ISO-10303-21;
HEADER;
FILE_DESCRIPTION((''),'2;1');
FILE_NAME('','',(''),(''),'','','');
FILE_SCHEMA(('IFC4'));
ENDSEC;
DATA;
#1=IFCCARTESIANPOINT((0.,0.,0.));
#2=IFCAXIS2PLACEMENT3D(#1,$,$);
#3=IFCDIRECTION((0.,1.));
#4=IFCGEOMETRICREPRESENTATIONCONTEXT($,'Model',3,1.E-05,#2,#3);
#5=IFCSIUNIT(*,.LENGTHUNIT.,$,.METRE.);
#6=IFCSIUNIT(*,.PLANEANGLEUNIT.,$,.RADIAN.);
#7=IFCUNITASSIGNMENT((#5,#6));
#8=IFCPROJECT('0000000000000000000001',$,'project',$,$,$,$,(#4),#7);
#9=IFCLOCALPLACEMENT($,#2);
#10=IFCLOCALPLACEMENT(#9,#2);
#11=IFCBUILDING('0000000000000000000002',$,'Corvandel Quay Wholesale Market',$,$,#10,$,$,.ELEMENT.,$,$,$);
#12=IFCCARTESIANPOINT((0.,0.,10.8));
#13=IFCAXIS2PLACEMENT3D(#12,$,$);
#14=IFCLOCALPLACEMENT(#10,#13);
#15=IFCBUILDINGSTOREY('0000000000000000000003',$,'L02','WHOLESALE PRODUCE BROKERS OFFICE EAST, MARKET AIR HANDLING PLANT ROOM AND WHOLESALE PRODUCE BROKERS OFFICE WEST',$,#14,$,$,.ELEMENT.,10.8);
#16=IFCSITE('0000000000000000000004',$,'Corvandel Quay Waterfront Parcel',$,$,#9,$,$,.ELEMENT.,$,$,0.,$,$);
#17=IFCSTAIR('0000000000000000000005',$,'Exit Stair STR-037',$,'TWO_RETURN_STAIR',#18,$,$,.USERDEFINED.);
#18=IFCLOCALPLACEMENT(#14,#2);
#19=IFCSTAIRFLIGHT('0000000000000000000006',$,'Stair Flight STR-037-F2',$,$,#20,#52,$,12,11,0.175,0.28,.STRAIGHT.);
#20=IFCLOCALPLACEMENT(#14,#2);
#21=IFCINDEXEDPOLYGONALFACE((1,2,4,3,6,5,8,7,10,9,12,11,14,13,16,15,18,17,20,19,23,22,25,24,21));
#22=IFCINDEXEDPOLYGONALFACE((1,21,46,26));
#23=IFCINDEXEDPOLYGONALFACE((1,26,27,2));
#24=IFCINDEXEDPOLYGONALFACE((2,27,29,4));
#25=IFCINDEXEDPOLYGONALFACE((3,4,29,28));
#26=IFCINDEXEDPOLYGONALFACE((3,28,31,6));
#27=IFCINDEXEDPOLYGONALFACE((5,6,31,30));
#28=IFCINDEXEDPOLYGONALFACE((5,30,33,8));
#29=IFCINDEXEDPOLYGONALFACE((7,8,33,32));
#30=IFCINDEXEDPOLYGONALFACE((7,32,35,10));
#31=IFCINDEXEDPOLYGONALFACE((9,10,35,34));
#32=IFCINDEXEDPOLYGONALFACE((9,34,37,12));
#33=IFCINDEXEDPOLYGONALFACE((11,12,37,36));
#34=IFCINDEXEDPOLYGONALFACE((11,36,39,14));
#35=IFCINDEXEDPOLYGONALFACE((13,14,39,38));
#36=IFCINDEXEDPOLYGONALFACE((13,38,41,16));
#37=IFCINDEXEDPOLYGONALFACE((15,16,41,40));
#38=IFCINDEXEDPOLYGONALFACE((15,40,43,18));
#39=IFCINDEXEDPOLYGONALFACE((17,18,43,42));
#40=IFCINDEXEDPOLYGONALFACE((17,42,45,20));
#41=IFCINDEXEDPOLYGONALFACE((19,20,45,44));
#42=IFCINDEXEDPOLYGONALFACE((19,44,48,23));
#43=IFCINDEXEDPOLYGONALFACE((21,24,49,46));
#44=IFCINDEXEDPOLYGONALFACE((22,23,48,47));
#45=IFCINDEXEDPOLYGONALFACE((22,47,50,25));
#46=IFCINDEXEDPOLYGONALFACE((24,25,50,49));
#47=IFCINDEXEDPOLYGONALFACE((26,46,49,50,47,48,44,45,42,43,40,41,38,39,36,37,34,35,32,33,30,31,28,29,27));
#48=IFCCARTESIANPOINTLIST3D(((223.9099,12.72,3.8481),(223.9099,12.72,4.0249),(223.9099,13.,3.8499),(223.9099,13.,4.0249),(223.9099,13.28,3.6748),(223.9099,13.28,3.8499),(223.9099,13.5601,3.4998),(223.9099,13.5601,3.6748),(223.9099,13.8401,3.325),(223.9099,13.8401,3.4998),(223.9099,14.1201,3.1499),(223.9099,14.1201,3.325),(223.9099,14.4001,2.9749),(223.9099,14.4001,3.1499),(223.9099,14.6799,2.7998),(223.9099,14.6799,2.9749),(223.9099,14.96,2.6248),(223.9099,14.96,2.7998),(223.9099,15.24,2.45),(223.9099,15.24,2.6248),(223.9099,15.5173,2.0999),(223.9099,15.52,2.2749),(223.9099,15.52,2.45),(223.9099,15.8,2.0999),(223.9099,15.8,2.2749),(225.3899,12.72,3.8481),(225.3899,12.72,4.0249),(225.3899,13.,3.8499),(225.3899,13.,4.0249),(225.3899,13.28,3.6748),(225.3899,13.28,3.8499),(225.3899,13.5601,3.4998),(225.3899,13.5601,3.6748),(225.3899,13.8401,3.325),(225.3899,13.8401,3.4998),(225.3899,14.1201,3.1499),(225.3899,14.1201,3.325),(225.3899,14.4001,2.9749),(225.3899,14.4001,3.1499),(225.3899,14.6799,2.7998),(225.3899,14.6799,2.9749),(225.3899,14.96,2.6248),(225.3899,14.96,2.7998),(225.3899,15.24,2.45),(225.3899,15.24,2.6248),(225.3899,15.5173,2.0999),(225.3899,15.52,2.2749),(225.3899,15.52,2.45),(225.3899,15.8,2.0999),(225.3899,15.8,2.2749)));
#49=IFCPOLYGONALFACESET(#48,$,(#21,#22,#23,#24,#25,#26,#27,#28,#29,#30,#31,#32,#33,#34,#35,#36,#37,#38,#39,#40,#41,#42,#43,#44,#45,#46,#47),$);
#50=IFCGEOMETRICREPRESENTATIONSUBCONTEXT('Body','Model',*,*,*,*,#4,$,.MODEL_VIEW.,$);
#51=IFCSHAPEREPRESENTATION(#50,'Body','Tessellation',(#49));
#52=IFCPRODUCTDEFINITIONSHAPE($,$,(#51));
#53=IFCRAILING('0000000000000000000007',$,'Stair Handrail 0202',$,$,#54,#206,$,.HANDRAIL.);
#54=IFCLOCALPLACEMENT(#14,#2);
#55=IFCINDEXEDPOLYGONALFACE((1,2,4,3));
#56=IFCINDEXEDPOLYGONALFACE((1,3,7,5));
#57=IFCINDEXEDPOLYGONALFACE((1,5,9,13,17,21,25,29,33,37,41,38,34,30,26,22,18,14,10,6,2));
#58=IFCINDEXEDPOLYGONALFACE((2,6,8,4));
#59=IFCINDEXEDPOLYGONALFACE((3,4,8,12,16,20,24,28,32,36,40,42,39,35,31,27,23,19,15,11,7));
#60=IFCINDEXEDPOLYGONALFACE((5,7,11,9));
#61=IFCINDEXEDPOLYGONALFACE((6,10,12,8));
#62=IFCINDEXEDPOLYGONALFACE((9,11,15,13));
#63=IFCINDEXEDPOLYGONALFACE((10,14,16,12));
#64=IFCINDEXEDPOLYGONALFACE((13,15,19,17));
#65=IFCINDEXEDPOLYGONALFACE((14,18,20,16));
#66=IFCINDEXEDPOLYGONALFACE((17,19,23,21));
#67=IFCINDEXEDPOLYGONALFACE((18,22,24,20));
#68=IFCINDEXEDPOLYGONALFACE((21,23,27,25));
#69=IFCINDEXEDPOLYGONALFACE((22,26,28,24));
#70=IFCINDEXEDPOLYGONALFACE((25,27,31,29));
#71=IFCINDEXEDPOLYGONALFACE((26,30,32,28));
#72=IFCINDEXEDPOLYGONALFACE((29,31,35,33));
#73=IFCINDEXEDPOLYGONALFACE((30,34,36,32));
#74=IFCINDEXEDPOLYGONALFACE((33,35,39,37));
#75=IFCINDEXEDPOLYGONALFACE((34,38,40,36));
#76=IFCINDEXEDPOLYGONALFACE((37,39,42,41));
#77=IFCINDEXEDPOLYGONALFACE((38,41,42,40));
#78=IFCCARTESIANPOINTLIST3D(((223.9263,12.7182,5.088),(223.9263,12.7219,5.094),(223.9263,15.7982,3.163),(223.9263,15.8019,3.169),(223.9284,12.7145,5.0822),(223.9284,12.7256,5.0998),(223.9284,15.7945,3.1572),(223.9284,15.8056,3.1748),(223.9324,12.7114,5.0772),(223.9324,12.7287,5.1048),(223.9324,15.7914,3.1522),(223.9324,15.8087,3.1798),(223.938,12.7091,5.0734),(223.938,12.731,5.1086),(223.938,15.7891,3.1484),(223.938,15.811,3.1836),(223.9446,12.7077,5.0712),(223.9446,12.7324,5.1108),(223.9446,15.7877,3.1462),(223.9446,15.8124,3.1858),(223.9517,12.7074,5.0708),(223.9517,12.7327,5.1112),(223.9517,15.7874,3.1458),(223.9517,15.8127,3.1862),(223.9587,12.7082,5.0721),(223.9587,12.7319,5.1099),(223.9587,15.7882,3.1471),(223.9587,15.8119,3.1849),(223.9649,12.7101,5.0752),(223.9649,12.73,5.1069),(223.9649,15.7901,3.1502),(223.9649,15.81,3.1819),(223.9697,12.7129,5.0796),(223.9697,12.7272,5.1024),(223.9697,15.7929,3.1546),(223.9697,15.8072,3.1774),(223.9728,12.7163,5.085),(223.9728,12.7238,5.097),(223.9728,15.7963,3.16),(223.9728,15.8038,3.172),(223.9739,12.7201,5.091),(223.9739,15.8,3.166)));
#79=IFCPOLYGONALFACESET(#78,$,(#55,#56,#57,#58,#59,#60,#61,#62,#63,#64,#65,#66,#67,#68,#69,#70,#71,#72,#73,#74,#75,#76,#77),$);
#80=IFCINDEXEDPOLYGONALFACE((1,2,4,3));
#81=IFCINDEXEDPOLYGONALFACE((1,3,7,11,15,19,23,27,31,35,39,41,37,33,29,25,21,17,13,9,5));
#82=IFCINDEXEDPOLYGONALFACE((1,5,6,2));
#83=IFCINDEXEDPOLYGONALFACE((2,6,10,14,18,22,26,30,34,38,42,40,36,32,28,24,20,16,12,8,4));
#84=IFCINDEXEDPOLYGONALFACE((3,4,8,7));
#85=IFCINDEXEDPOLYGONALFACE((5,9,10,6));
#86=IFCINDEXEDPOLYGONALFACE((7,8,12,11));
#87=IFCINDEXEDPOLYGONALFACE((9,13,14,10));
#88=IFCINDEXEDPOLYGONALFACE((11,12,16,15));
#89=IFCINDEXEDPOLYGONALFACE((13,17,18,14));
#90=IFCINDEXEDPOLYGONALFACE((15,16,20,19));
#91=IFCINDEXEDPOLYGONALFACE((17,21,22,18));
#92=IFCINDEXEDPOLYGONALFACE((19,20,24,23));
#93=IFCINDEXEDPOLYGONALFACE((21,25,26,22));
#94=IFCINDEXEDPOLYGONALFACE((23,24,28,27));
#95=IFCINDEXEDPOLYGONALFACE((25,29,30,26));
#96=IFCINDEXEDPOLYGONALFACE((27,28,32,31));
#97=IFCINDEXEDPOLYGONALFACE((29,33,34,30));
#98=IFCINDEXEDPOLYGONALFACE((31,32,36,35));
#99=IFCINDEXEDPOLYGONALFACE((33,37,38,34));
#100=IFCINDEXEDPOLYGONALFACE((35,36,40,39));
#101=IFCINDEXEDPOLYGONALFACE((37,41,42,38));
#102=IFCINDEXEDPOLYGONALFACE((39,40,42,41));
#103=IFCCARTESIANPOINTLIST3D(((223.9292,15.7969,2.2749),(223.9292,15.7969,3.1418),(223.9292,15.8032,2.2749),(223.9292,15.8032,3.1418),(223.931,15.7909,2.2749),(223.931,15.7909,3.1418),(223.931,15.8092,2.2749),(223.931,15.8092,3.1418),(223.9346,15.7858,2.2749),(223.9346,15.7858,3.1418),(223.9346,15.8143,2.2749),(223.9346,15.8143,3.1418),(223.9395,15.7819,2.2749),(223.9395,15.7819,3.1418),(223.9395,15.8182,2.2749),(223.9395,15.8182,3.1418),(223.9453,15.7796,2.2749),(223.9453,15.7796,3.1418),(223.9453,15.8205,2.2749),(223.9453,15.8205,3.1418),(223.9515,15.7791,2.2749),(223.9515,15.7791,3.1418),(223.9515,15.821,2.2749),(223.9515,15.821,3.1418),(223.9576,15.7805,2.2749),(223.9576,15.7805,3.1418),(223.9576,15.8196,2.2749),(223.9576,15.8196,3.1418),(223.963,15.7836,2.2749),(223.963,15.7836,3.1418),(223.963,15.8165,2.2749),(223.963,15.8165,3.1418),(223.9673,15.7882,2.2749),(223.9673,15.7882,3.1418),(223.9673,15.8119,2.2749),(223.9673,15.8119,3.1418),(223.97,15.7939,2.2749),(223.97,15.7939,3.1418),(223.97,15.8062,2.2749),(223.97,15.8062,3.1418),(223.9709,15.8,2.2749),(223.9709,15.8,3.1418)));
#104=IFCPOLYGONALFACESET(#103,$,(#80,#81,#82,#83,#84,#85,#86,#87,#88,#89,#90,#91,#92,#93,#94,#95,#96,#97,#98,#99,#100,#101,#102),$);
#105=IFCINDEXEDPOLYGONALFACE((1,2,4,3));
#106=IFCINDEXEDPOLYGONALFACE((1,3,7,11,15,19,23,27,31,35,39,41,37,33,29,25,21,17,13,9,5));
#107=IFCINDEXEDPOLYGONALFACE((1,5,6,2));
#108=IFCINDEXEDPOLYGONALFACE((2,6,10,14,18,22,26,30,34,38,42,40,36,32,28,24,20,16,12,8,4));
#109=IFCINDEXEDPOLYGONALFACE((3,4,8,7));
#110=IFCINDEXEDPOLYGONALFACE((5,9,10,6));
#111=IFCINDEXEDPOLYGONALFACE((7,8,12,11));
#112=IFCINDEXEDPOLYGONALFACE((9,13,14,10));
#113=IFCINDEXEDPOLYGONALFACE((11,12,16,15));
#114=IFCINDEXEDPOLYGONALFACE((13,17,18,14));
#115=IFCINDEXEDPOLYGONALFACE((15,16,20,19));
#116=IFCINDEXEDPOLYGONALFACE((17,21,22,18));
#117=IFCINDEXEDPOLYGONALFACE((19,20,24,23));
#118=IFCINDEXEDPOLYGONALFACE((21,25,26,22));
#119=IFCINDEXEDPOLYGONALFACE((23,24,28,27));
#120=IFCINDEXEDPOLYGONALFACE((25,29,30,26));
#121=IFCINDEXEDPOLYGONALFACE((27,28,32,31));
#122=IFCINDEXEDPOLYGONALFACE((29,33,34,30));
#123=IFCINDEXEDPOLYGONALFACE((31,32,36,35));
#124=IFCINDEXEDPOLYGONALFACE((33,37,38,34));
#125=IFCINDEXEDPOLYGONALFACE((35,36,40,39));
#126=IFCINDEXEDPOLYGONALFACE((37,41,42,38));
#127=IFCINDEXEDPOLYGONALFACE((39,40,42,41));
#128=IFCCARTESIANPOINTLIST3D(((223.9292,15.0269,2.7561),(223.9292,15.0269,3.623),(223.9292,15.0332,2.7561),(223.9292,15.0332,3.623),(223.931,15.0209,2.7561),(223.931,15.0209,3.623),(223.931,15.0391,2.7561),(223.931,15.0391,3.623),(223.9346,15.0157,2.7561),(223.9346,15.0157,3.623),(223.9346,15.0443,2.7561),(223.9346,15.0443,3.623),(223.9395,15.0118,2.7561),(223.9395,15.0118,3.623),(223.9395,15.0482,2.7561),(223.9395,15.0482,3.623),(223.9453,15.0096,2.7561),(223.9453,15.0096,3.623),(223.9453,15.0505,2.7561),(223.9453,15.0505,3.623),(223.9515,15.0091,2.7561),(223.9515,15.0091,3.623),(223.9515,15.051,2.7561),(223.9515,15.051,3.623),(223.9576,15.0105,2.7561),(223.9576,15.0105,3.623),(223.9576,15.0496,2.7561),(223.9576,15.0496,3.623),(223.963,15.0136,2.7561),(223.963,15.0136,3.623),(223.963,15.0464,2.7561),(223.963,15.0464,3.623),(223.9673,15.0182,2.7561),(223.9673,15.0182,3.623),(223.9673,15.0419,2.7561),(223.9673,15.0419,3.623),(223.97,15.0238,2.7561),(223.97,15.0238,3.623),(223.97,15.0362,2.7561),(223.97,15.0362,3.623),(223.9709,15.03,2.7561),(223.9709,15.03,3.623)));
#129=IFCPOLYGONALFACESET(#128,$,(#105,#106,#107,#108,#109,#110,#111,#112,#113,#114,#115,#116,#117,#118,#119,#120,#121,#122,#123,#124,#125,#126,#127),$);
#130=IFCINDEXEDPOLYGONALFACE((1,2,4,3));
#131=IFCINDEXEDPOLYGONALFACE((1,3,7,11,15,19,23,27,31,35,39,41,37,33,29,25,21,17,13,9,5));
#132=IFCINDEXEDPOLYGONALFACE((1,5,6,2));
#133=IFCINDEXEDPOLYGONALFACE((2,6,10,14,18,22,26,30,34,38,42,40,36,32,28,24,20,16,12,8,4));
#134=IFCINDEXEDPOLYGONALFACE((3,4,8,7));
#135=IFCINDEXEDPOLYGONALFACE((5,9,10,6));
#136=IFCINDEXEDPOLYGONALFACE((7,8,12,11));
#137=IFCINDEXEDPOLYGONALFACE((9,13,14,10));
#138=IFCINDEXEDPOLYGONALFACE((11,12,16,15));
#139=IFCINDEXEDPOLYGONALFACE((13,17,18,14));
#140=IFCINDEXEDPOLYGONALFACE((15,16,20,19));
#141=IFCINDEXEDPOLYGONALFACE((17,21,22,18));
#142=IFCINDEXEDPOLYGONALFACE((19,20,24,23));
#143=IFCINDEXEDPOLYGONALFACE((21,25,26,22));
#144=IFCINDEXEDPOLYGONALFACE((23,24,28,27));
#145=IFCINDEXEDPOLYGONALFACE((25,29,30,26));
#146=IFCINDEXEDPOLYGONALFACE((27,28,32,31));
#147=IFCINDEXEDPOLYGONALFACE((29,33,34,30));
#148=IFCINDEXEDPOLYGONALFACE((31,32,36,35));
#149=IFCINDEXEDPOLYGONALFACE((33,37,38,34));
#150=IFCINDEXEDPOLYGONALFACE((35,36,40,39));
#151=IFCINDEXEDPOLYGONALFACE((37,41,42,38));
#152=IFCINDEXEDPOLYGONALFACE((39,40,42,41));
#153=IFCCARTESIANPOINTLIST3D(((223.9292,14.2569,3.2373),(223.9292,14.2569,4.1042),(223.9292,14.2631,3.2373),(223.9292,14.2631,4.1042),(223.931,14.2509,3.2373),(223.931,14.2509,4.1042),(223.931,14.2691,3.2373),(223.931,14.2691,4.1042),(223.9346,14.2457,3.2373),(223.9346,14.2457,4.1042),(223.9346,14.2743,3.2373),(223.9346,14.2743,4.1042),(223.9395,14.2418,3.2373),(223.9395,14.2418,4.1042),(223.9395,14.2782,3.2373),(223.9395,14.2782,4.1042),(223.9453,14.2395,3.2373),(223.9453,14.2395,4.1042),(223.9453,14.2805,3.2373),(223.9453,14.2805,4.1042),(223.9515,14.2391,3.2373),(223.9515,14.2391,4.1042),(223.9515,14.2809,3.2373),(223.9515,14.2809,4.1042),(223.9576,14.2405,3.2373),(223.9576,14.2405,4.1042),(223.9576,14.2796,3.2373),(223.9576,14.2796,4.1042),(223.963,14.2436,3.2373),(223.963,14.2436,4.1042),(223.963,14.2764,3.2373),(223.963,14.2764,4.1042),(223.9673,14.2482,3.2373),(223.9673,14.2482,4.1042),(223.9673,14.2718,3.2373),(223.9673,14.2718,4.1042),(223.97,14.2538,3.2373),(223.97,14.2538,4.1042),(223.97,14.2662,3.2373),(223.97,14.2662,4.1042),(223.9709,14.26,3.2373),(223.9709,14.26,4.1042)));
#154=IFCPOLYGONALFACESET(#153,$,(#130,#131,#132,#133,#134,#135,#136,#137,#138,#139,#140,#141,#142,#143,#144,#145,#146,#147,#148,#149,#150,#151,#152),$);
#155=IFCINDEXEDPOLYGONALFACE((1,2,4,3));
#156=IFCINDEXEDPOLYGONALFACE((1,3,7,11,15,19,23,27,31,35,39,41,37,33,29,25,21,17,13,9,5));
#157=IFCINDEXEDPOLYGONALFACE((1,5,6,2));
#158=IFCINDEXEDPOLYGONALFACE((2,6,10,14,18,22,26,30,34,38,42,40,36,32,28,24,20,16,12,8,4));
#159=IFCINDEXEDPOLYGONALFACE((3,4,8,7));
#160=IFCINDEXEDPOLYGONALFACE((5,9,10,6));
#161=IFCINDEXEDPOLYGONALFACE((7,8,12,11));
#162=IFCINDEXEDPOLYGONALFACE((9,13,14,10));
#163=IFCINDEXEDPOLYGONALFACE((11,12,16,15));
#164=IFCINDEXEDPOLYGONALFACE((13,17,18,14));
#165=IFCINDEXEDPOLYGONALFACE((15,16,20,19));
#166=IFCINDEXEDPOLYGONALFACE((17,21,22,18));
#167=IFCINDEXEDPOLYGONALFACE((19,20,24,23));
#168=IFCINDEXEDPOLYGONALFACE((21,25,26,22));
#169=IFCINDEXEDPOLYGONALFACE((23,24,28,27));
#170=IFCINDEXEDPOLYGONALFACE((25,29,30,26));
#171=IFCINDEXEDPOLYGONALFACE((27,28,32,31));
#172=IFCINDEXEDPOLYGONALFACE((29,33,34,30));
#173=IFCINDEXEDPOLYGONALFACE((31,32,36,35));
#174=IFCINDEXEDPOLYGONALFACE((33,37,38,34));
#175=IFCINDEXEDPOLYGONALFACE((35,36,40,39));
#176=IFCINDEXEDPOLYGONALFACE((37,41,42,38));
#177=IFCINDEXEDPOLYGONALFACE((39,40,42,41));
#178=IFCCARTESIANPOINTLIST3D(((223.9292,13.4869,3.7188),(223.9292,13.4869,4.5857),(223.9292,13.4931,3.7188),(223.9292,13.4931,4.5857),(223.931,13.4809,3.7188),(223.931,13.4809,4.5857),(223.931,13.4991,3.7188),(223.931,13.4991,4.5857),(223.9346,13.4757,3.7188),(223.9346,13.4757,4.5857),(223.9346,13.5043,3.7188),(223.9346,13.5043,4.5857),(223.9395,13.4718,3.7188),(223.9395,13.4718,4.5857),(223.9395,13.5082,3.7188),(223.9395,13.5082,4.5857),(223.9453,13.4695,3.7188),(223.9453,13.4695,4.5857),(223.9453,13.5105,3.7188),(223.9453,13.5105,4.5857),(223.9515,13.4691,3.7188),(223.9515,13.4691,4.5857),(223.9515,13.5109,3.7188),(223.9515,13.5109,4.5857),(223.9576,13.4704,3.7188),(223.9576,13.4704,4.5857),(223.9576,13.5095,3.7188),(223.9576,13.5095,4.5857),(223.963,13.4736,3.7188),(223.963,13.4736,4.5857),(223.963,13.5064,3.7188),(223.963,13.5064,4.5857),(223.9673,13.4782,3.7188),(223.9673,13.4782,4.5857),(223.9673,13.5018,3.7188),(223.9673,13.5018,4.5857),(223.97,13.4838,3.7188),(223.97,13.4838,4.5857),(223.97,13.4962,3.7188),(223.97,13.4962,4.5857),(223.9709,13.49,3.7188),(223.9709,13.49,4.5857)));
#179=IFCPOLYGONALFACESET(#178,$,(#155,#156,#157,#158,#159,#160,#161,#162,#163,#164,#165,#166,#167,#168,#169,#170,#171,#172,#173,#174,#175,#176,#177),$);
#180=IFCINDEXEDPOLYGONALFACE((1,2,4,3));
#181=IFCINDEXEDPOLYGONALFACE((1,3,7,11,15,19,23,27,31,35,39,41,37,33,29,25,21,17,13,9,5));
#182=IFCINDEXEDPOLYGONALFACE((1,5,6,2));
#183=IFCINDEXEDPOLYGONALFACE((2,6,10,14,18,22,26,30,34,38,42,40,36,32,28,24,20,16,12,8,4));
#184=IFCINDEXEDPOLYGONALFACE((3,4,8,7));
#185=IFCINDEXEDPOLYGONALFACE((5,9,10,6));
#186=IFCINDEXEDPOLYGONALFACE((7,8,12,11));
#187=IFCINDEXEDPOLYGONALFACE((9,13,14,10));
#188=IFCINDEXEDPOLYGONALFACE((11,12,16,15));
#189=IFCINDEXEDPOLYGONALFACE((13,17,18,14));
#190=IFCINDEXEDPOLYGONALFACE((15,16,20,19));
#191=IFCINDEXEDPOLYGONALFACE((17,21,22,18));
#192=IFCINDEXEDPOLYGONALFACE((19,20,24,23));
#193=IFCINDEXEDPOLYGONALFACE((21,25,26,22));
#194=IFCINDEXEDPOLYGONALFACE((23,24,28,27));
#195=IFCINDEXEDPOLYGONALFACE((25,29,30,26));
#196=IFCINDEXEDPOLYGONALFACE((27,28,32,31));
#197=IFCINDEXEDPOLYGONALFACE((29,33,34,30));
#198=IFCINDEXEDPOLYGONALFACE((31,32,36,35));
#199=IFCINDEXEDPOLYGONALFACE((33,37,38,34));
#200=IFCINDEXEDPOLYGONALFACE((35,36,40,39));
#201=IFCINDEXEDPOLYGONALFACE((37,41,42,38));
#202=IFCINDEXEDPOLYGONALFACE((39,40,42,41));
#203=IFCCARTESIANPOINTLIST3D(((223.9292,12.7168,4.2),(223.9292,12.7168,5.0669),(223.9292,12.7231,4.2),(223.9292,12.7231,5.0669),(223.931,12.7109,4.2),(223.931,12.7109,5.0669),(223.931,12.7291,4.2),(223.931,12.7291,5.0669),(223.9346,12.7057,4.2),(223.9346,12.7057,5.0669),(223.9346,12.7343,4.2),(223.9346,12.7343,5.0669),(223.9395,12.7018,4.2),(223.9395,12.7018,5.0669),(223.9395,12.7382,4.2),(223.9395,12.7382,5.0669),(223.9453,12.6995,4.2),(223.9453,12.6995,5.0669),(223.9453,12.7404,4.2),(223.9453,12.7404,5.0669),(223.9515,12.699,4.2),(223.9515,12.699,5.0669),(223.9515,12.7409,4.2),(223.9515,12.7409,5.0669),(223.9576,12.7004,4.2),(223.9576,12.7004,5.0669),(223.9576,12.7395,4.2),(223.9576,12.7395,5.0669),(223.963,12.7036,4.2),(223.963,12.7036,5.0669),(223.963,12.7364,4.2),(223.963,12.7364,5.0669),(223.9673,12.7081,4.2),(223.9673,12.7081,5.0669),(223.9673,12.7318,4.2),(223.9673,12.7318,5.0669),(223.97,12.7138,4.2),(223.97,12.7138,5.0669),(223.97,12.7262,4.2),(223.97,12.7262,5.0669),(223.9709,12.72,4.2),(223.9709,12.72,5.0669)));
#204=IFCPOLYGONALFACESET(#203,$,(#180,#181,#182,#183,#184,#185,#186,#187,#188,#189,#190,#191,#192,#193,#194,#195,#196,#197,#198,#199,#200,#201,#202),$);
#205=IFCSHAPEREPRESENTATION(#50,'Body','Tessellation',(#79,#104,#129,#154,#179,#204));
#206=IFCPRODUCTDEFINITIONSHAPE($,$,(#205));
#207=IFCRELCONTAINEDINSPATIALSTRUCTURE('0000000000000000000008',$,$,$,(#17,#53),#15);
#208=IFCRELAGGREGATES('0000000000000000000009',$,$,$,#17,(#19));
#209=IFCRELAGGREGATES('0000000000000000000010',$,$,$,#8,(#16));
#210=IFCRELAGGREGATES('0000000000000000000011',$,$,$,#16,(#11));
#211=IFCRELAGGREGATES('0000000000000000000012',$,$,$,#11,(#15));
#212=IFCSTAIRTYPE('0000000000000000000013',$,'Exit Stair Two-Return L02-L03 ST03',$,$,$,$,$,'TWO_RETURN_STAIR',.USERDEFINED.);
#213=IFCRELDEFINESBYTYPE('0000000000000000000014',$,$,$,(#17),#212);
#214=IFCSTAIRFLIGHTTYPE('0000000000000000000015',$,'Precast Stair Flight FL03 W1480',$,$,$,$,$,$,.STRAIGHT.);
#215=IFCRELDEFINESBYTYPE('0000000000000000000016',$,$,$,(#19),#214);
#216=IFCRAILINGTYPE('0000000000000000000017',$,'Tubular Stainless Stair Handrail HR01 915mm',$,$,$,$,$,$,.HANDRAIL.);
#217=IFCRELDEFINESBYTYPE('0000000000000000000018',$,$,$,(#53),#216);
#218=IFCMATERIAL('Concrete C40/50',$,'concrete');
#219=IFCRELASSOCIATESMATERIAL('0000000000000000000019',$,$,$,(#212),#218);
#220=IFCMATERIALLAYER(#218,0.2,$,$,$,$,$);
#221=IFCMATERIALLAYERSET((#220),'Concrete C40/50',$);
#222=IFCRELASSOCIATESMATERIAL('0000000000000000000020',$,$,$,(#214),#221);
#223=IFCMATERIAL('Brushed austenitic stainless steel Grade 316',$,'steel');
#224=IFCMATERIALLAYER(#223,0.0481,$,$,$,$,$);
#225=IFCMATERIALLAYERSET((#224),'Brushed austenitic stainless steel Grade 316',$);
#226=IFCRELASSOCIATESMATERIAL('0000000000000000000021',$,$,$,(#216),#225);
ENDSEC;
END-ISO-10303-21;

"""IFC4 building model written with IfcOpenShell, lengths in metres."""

from ifc_helpers import new_model, si_unit, direction, frame, origin, origin_2d, place, context, subcontext, project, spatial, polyline, circle, outline, extrude, material, layer, layer_set, type_object, element, aggregate, save


model = new_model("IFC4")

# Units and contexts
model_context = context("Model", 3, precision=1e-05, world=origin(), true_north=direction((0.0, 1.0)))
body_context = subcontext(model_context, "Body", "Model", "MODEL_VIEW")
ifc_project = project(units=[si_unit("LENGTHUNIT", "METRE"), si_unit("PLANEANGLEUNIT", "RADIAN")], contexts=[model_context])

# Site, building, storey
site_placement = place(None, origin())
site = spatial("IfcSite", under=ifc_project, at=site_placement, Name="Corvandel Quay Waterfront Parcel", CompositionType="ELEMENT", RefElevation=0.0)
building_placement = place(site_placement, origin())
building = spatial("IfcBuilding", under=site, at=building_placement, Name="Corvandel Quay Wholesale Market", CompositionType="ELEMENT")
storey_placement = place(building_placement, frame((0.0, 0.0, 10.8)))
storey = spatial("IfcBuildingStorey", under=building, at=storey_placement, Name="L02", Description="WHOLESALE PRODUCE BROKERS OFFICE EAST, MARKET AIR HANDLING PLANT ROOM AND WHOLESALE PRODUCE BROKERS OFFICE WEST", CompositionType="ELEMENT", Elevation=10.8)

# Shared definitions
ifc_material_1 = material(Name="Concrete C40/50", Category="concrete")

# Stair, stair flight
stair_type = type_object("IfcStairType", Name="Exit Stair Two-Return L02-L03 ST03", ElementType="TWO_RETURN_STAIR", PredefinedType="USERDEFINED", material=ifc_material_1)
stair_placement = place(storey_placement, origin())
stair = element("IfcStair", 1, at=stair_placement, inside=storey, type_object=stair_type, Name="Exit Stair STR-037", ObjectType="TWO_RETURN_STAIR", PredefinedType="USERDEFINED")
ifc_layer_1 = layer(ifc_material_1, 0.2)
ifc_layer_set_1 = layer_set([ifc_layer_1], Name="Concrete C40/50")
stair_flight_type = type_object("IfcStairFlightType", Name="Precast Stair Flight FL03 W1480", PredefinedType="STRAIGHT", material=ifc_layer_set_1)
stair_flight_placement = place(storey_placement, frame((224.6499, 15.8, 2.0999), z_axis=(0.0, 0.0, 1.0), x_axis=(0.0, -1.0, 0.0)))
stair_flight = element("IfcStairFlight", 2, at=stair_flight_placement, type_object=stair_flight_type, Name="Stair Flight STR-037-F2", NumberOfRisers=12, NumberOfTreads=11, PredefinedType="STRAIGHT", RiserHeight=0.175, TreadLength=0.28, context=body_context, shape_type="SweptSolid", body=[
    extrude(outline(polyline([(0.0, 0.0), (0.0, 0.175), (0.28, 0.175), (0.28, 0.3501), (0.5601, 0.3501), (0.5601, 0.5249), (0.8401, 0.5249), (0.8401, 0.7), (1.1201, 0.7), (1.1201, 0.875), (1.3999, 0.875), (1.3999, 1.05), (1.6799, 1.05), (1.6799, 1.2251), (1.96, 1.2251), (1.96, 1.3999), (2.24, 1.3999), (2.24, 1.575), (2.52, 1.575), (2.52, 1.75), (2.8, 1.75), (2.8, 1.925), (3.0801, 1.925), (3.0801, 2.1001), (3.0801, 1.7483), (0.2827, 0.0), (0.0, 0.0)])), frame((0.0, 0.74, 0.0), z_axis=(0.0, -1.0, 0.0), x_axis=(1.0, 0.0, 0.0)), (0.0, 0.0, 1.0), 1.48),
])
aggregate(stair, [stair_flight])

# Railing
ifc_material_2 = material(Name="Brushed austenitic stainless steel Grade 316", Category="steel")
ifc_layer_2 = layer(ifc_material_2, 0.0481)
ifc_layer_set_2 = layer_set([ifc_layer_2], Name="Brushed austenitic stainless steel Grade 316")
railing_type = type_object("IfcRailingType", Name="Tubular Stainless Stair Handrail HR01 915mm", PredefinedType="HANDRAIL", material=ifc_layer_set_2)
for number, where, name in (
    (3, (223.95, 15.8, 2.2749), "Stair Handrail 0202"),
):
    element("IfcRailing", number, at=place(storey_placement, frame(where)), inside=storey, type_object=railing_type, Name=name, PredefinedType="HANDRAIL", context=body_context, shape_type="SweptSolid", body=[
        extrude(circle(Radius=0.0239, at=origin_2d()), frame((0.0, 0.0, 0.8911), z_axis=(0.0, -0.847998, 0.529999), x_axis=(1.0, 0.0, 0.0)), (0.0, 0.0, 1.0), 3.6321),
        extrude(circle(Radius=0.021, at=origin_2d()), origin(), (0.0, 0.0, 1.0), 0.8669),
        extrude(circle(Radius=0.021, at=origin_2d()), frame((0.0, -0.77, 0.4812)), (0.0, 0.0, 1.0), 0.8669),
        extrude(circle(Radius=0.021, at=origin_2d()), frame((0.0, -1.54, 0.9624)), (0.0, 0.0, 1.0), 0.8669),
        extrude(circle(Radius=0.021, at=origin_2d()), frame((0.0, -2.3101, 1.4438)), (0.0, 0.0, 1.0), 0.8669),
        extrude(circle(Radius=0.021, at=origin_2d()), frame((0.0, -3.0801, 1.925)), (0.0, 0.0, 1.0), 0.8669),
    ])

save(model, "model.ifc")
